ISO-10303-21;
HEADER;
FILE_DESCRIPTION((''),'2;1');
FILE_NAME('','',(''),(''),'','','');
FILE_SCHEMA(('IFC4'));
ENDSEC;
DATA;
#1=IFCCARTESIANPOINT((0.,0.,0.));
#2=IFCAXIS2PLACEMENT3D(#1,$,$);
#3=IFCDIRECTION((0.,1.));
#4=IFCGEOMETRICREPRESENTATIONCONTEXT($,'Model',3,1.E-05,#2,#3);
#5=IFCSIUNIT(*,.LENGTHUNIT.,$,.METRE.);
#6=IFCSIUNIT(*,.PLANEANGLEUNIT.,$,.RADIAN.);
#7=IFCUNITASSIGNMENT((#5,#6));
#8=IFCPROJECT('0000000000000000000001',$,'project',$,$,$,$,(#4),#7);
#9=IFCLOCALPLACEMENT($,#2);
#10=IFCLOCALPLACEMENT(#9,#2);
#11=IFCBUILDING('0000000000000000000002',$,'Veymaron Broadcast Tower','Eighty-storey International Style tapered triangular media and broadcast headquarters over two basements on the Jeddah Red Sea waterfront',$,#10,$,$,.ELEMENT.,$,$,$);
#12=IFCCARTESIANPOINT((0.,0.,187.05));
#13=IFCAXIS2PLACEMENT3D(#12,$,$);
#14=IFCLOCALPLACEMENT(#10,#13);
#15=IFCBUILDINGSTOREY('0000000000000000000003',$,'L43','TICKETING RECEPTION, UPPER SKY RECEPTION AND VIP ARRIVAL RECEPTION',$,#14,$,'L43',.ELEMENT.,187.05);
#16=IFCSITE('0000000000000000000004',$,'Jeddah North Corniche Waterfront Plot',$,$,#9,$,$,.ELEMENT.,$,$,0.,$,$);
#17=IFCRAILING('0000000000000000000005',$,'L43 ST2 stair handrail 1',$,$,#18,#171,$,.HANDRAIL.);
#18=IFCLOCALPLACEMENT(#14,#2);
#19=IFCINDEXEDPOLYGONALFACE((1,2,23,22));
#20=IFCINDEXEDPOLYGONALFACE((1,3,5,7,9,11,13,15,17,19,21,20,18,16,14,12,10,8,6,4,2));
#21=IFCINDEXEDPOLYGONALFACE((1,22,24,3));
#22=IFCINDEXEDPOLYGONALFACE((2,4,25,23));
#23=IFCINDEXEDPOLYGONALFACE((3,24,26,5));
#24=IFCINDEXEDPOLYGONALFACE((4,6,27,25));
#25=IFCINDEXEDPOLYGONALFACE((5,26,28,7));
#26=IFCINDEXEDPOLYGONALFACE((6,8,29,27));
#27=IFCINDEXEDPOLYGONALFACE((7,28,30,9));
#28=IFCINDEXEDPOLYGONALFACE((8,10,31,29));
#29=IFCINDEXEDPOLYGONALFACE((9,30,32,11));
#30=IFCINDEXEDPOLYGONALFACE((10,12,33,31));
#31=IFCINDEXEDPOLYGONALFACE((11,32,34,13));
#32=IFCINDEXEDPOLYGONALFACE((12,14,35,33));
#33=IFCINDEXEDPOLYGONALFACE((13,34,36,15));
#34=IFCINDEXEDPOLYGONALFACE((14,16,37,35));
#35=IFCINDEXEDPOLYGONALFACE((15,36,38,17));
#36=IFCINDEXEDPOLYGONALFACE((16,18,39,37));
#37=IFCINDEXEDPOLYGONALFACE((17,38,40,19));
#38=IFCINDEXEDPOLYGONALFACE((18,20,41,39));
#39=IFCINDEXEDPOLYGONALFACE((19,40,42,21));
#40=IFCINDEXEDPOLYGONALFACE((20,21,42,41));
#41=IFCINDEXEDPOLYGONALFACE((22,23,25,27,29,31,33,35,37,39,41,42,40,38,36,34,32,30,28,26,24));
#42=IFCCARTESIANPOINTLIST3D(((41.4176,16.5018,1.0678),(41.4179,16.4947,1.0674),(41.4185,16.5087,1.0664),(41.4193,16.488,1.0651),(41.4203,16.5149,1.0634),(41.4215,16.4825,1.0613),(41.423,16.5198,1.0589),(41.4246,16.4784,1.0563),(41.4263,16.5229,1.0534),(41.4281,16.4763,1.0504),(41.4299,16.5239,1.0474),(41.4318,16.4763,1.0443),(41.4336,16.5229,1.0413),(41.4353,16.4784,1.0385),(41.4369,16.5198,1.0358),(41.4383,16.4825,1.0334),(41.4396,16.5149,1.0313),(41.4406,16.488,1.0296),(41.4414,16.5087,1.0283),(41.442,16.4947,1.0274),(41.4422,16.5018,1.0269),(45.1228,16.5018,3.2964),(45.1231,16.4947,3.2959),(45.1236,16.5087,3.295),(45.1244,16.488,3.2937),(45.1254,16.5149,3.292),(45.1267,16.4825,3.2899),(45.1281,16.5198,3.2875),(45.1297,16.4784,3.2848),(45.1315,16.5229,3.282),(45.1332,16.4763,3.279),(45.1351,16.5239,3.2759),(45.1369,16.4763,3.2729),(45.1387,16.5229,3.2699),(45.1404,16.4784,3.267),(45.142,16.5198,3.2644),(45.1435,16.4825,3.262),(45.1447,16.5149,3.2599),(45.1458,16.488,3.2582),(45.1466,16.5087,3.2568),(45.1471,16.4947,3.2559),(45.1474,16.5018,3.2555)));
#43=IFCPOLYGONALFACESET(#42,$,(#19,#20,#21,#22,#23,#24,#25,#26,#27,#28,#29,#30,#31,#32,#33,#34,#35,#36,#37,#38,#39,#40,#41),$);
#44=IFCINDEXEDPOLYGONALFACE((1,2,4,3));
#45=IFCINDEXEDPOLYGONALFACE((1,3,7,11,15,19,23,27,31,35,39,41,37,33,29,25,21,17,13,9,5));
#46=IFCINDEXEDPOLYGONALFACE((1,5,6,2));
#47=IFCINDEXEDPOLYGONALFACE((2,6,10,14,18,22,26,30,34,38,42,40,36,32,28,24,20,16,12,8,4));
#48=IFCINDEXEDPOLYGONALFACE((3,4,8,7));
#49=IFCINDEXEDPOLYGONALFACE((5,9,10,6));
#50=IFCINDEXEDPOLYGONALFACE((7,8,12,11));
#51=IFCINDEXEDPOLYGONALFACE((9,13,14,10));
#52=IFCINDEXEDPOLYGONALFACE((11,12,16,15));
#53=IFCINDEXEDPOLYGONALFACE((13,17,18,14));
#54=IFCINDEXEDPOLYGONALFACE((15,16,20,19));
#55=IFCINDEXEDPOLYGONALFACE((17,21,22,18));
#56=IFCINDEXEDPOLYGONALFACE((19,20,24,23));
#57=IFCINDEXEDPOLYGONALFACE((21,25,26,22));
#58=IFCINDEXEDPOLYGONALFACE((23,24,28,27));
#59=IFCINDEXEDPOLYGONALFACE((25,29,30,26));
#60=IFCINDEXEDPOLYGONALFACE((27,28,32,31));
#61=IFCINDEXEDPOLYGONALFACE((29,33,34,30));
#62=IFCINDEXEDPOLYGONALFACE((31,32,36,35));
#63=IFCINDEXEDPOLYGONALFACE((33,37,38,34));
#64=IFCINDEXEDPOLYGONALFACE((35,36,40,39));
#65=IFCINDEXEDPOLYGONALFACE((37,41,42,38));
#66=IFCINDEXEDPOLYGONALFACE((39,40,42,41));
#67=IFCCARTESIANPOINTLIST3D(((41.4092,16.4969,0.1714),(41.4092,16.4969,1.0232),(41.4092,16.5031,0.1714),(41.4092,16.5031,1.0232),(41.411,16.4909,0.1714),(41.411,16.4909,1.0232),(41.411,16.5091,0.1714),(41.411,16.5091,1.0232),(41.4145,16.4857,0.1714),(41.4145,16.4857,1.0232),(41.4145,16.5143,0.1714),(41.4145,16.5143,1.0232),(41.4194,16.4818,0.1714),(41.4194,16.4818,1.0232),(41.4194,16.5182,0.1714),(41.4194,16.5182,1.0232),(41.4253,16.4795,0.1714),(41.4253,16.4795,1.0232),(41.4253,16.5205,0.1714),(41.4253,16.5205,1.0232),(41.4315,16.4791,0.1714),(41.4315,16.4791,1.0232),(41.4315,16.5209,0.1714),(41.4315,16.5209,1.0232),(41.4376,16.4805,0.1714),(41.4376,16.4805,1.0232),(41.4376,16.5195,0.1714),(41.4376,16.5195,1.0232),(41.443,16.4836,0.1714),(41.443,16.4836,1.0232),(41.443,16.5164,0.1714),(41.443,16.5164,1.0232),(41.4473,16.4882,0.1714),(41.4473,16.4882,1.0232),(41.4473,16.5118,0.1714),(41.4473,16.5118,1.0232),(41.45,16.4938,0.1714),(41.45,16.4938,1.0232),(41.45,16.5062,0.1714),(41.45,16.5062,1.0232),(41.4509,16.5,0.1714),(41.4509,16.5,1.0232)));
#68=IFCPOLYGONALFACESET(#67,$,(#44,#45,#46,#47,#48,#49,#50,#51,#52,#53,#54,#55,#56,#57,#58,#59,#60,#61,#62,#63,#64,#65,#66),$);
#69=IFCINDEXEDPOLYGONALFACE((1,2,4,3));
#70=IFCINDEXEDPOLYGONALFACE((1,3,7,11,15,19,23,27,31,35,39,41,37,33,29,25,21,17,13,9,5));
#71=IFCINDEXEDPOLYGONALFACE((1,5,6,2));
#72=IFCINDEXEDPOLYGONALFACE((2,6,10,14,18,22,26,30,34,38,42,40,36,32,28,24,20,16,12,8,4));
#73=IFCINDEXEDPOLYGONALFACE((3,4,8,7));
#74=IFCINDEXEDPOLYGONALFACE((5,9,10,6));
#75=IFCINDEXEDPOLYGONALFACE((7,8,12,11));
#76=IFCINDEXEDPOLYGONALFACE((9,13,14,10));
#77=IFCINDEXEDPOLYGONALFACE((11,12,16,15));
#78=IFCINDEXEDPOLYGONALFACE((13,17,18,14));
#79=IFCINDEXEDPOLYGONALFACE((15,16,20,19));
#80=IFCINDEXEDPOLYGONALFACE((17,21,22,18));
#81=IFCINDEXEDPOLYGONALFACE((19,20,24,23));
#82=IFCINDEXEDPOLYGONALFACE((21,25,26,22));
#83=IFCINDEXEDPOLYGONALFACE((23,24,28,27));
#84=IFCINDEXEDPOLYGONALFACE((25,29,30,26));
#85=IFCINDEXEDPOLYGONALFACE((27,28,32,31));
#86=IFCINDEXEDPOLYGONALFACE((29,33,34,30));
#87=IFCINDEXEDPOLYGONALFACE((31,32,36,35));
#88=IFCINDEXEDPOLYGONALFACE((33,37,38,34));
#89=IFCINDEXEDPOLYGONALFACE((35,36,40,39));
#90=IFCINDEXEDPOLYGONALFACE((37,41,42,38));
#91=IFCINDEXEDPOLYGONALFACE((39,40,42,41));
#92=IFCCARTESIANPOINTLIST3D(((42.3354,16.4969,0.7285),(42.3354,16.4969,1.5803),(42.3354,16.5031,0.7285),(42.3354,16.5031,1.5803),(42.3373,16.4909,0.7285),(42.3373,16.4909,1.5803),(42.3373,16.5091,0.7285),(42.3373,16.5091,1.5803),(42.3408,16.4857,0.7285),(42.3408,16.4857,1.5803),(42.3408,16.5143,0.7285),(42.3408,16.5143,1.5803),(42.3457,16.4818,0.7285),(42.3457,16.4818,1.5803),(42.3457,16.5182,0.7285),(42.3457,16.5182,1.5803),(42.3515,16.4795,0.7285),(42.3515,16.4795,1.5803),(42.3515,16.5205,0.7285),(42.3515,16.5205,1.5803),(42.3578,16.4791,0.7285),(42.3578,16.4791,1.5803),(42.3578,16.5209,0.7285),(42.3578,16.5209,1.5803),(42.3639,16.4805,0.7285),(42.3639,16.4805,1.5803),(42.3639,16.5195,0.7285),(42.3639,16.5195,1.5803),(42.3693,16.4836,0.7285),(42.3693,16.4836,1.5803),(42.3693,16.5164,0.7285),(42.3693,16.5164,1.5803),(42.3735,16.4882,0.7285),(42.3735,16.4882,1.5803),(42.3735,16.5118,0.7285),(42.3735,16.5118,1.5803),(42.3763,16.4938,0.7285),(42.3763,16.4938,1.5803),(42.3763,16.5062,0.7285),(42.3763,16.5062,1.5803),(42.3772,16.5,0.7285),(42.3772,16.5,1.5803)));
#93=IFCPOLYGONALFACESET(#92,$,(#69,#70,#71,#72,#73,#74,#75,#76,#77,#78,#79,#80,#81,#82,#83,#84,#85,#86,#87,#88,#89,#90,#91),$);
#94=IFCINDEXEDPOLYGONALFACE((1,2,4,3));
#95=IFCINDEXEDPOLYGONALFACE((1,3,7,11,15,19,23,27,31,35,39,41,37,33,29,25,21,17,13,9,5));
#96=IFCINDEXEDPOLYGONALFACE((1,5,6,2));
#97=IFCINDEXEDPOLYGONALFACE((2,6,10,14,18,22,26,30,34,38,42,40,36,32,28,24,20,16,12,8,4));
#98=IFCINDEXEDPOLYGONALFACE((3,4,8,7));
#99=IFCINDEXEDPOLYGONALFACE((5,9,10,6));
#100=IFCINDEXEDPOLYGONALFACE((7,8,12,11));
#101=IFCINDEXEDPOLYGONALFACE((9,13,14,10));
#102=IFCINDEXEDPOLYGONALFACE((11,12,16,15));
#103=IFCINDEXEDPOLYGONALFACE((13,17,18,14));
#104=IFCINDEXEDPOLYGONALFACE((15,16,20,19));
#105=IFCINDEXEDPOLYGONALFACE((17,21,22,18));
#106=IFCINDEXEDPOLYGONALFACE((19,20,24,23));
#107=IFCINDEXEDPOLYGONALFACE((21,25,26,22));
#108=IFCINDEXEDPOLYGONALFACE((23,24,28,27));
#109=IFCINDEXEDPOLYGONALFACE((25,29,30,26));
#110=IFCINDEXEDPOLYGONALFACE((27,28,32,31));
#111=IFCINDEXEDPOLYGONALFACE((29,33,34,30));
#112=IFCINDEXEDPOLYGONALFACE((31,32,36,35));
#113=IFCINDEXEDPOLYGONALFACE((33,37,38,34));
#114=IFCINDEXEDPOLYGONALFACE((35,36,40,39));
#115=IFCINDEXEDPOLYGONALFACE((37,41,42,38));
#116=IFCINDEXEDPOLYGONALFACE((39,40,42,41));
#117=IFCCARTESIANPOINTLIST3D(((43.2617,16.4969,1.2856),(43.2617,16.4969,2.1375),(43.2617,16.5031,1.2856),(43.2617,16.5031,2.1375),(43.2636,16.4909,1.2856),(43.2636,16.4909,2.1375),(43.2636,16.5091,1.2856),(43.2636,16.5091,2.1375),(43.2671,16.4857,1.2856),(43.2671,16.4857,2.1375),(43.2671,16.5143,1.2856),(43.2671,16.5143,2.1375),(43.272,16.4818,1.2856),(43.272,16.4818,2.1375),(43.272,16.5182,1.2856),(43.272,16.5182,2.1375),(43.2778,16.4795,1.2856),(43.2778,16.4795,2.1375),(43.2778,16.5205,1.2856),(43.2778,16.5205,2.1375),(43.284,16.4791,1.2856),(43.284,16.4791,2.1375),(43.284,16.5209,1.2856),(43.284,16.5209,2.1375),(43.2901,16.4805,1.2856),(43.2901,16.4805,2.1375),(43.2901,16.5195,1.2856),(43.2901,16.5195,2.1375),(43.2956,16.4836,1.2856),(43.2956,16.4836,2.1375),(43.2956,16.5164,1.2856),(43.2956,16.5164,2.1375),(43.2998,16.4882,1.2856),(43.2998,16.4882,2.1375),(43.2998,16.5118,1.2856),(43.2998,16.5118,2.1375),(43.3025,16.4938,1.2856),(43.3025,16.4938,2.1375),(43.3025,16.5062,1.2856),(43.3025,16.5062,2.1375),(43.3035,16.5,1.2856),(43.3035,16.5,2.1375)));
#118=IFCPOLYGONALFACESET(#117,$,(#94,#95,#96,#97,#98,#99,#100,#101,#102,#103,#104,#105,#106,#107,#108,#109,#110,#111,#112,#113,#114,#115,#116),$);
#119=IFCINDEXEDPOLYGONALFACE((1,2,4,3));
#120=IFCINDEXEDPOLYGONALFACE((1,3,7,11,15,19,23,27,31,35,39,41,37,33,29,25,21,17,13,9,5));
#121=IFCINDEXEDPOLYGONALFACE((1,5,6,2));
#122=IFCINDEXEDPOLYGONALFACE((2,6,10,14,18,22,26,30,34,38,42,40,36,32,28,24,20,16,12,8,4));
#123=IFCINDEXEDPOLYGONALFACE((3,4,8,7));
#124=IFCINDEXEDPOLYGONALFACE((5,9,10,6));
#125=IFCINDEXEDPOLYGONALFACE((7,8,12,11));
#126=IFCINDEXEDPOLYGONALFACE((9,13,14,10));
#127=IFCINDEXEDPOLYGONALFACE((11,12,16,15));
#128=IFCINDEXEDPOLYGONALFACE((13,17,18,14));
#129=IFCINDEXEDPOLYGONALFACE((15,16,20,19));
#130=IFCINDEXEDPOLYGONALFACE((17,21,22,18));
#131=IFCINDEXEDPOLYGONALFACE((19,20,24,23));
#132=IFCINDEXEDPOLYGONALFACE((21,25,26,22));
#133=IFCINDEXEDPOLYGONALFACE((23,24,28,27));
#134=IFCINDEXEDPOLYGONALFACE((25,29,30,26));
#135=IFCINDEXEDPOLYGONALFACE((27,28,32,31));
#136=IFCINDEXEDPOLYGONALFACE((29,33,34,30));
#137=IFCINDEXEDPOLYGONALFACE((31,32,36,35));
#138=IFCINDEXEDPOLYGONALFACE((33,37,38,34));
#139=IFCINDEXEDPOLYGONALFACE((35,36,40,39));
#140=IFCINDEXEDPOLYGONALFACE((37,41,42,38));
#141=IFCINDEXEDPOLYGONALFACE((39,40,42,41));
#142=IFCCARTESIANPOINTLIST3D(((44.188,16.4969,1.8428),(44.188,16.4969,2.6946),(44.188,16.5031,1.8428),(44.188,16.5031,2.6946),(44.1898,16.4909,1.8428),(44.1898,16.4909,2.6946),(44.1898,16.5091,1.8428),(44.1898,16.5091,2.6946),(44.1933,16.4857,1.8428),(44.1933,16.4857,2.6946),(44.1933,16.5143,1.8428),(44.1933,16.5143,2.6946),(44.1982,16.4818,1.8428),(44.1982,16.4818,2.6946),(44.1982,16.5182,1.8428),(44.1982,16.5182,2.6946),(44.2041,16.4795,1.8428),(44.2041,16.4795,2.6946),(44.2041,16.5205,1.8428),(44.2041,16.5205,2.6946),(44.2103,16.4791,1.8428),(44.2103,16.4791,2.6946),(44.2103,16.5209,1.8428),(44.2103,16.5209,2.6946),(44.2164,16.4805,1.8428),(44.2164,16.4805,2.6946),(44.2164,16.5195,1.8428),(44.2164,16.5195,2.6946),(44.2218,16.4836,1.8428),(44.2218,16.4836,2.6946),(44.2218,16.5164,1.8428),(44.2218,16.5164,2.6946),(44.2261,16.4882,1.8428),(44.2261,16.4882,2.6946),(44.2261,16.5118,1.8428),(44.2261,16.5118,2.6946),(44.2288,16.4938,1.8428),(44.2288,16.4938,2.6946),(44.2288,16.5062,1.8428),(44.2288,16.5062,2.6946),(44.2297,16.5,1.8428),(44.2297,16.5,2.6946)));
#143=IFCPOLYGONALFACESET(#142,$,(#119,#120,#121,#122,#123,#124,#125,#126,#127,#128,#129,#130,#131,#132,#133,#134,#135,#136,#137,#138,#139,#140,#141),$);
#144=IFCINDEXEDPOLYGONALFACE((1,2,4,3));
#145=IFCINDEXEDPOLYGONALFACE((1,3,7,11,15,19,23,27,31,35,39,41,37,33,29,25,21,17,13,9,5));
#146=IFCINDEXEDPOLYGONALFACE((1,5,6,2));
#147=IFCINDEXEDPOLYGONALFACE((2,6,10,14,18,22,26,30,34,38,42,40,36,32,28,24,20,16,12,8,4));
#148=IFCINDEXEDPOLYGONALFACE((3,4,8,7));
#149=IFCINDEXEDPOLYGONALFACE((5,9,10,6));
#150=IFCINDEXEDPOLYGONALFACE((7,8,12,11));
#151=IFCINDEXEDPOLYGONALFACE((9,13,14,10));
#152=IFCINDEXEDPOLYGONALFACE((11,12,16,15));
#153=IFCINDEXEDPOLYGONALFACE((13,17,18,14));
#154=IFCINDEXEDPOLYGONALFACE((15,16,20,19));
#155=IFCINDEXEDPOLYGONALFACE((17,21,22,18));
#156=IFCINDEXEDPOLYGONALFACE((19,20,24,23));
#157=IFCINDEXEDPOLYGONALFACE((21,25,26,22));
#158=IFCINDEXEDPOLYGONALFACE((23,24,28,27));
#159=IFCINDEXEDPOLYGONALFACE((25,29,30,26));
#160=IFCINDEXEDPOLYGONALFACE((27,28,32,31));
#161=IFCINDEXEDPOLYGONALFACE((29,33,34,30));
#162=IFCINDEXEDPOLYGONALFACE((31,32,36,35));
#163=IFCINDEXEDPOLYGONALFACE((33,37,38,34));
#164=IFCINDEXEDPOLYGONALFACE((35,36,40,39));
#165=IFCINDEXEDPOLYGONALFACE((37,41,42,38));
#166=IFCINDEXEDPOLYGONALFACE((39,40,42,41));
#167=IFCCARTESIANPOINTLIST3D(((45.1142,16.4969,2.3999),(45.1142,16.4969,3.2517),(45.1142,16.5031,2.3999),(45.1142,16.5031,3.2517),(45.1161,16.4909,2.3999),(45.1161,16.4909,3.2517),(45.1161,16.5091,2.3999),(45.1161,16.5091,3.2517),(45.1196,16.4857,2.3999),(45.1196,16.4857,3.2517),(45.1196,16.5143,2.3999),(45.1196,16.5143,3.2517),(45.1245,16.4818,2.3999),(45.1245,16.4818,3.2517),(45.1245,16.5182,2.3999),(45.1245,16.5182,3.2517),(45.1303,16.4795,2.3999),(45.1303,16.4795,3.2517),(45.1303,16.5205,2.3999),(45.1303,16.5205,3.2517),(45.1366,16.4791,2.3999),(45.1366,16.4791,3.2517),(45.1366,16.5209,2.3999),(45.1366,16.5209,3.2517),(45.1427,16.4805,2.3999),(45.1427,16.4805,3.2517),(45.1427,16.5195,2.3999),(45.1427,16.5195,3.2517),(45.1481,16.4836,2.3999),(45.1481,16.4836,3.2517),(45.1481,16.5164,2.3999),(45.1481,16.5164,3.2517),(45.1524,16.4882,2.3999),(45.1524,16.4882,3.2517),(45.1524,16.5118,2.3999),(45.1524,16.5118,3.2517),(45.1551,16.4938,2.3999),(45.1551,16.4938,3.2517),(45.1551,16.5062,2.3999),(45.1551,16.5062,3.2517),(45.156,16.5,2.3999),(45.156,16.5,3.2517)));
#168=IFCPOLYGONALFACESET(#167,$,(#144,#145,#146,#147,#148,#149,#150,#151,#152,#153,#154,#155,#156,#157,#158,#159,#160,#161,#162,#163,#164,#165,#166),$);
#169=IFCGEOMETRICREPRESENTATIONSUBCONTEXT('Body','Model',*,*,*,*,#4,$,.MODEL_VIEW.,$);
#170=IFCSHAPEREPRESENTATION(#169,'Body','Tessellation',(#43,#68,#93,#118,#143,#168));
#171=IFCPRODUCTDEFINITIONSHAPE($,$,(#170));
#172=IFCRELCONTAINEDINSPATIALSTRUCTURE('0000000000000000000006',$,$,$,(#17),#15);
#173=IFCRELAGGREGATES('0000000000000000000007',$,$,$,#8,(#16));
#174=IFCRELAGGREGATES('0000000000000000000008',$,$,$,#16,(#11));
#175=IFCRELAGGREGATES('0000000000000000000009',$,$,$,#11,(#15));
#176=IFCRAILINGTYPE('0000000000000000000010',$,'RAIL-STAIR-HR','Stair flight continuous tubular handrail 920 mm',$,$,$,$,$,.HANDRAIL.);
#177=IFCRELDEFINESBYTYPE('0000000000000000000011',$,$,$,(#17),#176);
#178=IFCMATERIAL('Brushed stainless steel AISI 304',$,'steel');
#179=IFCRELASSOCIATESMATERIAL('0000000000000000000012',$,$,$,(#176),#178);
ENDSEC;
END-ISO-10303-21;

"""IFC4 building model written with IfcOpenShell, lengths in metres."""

from ifc_helpers import new_model, si_unit, direction, frame, origin, origin_2d, place, context, subcontext, project, spatial, circle, extrude, material, type_object, element, save


model = new_model("IFC4")

# Units and contexts
model_context = context("Model", 3, precision=1e-05, world=origin(), true_north=direction((0.0, 1.0)))
body_context = subcontext(model_context, "Body", "Model", "MODEL_VIEW")
ifc_project = project(units=[si_unit("LENGTHUNIT", "METRE"), si_unit("PLANEANGLEUNIT", "RADIAN")], contexts=[model_context])

# Site, building, storey
site_placement = place(None, origin())
site = spatial("IfcSite", under=ifc_project, at=site_placement, Name="Jeddah North Corniche Waterfront Plot", CompositionType="ELEMENT", RefElevation=0.0)
building_placement = place(site_placement, origin())
building = spatial("IfcBuilding", under=site, at=building_placement, Name="Veymaron Broadcast Tower", Description="Eighty-storey International Style tapered triangular media and broadcast headquarters over two basements on the Jeddah Red Sea waterfront", CompositionType="ELEMENT")
storey_placement = place(building_placement, frame((0.0, 0.0, 187.05)))
storey = spatial("IfcBuildingStorey", under=building, at=storey_placement, Name="L43", Description="TICKETING RECEPTION, UPPER SKY RECEPTION AND VIP ARRIVAL RECEPTION", LongName="L43", CompositionType="ELEMENT", Elevation=187.05)

# Railing
ifc_material_1 = material(Name="Brushed stainless steel AISI 304", Category="steel")
railing_type_1 = type_object("IfcRailingType", Name="RAIL-STAIR-HR", Description="Stair flight continuous tubular handrail 920 mm", PredefinedType="HANDRAIL", material=ifc_material_1)
railing_1_placement = place(storey_placement, frame((41.4299, 16.5, 0.1714)))
element("IfcRailing", 1, at=railing_1_placement, inside=storey, type_object=railing_type_1, Name="L43 ST2 stair handrail 1", PredefinedType="HANDRAIL", context=body_context, shape_type="SweptSolid", body=[
    extrude(circle(Radius=0.0239, at=origin_2d()), frame((0.0, 0.0, 0.876), z_axis=(0.856934, 0.0, 0.515425), x_axis=(0.0, 1.0, 0.0)), (0.0, 0.0, 1.0), 4.3237),
    extrude(circle(Radius=0.021, at=origin_2d()), origin(), (0.0, 0.0, 1.0), 0.8518),
    extrude(circle(Radius=0.021, at=origin_2d()), frame((0.9263, 0.0, 0.5571)), (0.0, 0.0, 1.0), 0.8518),
    extrude(circle(Radius=0.021, at=origin_2d()), frame((1.8525, 0.0, 1.1143)), (0.0, 0.0, 1.0), 0.8518),
    extrude(circle(Radius=0.021, at=origin_2d()), frame((2.7788, 0.0, 1.6714)), (0.0, 0.0, 1.0), 0.8518),
    extrude(circle(Radius=0.021, at=origin_2d()), frame((3.7051, 0.0, 2.2285)), (0.0, 0.0, 1.0), 0.8518),
])

save(model, "model.ifc")
